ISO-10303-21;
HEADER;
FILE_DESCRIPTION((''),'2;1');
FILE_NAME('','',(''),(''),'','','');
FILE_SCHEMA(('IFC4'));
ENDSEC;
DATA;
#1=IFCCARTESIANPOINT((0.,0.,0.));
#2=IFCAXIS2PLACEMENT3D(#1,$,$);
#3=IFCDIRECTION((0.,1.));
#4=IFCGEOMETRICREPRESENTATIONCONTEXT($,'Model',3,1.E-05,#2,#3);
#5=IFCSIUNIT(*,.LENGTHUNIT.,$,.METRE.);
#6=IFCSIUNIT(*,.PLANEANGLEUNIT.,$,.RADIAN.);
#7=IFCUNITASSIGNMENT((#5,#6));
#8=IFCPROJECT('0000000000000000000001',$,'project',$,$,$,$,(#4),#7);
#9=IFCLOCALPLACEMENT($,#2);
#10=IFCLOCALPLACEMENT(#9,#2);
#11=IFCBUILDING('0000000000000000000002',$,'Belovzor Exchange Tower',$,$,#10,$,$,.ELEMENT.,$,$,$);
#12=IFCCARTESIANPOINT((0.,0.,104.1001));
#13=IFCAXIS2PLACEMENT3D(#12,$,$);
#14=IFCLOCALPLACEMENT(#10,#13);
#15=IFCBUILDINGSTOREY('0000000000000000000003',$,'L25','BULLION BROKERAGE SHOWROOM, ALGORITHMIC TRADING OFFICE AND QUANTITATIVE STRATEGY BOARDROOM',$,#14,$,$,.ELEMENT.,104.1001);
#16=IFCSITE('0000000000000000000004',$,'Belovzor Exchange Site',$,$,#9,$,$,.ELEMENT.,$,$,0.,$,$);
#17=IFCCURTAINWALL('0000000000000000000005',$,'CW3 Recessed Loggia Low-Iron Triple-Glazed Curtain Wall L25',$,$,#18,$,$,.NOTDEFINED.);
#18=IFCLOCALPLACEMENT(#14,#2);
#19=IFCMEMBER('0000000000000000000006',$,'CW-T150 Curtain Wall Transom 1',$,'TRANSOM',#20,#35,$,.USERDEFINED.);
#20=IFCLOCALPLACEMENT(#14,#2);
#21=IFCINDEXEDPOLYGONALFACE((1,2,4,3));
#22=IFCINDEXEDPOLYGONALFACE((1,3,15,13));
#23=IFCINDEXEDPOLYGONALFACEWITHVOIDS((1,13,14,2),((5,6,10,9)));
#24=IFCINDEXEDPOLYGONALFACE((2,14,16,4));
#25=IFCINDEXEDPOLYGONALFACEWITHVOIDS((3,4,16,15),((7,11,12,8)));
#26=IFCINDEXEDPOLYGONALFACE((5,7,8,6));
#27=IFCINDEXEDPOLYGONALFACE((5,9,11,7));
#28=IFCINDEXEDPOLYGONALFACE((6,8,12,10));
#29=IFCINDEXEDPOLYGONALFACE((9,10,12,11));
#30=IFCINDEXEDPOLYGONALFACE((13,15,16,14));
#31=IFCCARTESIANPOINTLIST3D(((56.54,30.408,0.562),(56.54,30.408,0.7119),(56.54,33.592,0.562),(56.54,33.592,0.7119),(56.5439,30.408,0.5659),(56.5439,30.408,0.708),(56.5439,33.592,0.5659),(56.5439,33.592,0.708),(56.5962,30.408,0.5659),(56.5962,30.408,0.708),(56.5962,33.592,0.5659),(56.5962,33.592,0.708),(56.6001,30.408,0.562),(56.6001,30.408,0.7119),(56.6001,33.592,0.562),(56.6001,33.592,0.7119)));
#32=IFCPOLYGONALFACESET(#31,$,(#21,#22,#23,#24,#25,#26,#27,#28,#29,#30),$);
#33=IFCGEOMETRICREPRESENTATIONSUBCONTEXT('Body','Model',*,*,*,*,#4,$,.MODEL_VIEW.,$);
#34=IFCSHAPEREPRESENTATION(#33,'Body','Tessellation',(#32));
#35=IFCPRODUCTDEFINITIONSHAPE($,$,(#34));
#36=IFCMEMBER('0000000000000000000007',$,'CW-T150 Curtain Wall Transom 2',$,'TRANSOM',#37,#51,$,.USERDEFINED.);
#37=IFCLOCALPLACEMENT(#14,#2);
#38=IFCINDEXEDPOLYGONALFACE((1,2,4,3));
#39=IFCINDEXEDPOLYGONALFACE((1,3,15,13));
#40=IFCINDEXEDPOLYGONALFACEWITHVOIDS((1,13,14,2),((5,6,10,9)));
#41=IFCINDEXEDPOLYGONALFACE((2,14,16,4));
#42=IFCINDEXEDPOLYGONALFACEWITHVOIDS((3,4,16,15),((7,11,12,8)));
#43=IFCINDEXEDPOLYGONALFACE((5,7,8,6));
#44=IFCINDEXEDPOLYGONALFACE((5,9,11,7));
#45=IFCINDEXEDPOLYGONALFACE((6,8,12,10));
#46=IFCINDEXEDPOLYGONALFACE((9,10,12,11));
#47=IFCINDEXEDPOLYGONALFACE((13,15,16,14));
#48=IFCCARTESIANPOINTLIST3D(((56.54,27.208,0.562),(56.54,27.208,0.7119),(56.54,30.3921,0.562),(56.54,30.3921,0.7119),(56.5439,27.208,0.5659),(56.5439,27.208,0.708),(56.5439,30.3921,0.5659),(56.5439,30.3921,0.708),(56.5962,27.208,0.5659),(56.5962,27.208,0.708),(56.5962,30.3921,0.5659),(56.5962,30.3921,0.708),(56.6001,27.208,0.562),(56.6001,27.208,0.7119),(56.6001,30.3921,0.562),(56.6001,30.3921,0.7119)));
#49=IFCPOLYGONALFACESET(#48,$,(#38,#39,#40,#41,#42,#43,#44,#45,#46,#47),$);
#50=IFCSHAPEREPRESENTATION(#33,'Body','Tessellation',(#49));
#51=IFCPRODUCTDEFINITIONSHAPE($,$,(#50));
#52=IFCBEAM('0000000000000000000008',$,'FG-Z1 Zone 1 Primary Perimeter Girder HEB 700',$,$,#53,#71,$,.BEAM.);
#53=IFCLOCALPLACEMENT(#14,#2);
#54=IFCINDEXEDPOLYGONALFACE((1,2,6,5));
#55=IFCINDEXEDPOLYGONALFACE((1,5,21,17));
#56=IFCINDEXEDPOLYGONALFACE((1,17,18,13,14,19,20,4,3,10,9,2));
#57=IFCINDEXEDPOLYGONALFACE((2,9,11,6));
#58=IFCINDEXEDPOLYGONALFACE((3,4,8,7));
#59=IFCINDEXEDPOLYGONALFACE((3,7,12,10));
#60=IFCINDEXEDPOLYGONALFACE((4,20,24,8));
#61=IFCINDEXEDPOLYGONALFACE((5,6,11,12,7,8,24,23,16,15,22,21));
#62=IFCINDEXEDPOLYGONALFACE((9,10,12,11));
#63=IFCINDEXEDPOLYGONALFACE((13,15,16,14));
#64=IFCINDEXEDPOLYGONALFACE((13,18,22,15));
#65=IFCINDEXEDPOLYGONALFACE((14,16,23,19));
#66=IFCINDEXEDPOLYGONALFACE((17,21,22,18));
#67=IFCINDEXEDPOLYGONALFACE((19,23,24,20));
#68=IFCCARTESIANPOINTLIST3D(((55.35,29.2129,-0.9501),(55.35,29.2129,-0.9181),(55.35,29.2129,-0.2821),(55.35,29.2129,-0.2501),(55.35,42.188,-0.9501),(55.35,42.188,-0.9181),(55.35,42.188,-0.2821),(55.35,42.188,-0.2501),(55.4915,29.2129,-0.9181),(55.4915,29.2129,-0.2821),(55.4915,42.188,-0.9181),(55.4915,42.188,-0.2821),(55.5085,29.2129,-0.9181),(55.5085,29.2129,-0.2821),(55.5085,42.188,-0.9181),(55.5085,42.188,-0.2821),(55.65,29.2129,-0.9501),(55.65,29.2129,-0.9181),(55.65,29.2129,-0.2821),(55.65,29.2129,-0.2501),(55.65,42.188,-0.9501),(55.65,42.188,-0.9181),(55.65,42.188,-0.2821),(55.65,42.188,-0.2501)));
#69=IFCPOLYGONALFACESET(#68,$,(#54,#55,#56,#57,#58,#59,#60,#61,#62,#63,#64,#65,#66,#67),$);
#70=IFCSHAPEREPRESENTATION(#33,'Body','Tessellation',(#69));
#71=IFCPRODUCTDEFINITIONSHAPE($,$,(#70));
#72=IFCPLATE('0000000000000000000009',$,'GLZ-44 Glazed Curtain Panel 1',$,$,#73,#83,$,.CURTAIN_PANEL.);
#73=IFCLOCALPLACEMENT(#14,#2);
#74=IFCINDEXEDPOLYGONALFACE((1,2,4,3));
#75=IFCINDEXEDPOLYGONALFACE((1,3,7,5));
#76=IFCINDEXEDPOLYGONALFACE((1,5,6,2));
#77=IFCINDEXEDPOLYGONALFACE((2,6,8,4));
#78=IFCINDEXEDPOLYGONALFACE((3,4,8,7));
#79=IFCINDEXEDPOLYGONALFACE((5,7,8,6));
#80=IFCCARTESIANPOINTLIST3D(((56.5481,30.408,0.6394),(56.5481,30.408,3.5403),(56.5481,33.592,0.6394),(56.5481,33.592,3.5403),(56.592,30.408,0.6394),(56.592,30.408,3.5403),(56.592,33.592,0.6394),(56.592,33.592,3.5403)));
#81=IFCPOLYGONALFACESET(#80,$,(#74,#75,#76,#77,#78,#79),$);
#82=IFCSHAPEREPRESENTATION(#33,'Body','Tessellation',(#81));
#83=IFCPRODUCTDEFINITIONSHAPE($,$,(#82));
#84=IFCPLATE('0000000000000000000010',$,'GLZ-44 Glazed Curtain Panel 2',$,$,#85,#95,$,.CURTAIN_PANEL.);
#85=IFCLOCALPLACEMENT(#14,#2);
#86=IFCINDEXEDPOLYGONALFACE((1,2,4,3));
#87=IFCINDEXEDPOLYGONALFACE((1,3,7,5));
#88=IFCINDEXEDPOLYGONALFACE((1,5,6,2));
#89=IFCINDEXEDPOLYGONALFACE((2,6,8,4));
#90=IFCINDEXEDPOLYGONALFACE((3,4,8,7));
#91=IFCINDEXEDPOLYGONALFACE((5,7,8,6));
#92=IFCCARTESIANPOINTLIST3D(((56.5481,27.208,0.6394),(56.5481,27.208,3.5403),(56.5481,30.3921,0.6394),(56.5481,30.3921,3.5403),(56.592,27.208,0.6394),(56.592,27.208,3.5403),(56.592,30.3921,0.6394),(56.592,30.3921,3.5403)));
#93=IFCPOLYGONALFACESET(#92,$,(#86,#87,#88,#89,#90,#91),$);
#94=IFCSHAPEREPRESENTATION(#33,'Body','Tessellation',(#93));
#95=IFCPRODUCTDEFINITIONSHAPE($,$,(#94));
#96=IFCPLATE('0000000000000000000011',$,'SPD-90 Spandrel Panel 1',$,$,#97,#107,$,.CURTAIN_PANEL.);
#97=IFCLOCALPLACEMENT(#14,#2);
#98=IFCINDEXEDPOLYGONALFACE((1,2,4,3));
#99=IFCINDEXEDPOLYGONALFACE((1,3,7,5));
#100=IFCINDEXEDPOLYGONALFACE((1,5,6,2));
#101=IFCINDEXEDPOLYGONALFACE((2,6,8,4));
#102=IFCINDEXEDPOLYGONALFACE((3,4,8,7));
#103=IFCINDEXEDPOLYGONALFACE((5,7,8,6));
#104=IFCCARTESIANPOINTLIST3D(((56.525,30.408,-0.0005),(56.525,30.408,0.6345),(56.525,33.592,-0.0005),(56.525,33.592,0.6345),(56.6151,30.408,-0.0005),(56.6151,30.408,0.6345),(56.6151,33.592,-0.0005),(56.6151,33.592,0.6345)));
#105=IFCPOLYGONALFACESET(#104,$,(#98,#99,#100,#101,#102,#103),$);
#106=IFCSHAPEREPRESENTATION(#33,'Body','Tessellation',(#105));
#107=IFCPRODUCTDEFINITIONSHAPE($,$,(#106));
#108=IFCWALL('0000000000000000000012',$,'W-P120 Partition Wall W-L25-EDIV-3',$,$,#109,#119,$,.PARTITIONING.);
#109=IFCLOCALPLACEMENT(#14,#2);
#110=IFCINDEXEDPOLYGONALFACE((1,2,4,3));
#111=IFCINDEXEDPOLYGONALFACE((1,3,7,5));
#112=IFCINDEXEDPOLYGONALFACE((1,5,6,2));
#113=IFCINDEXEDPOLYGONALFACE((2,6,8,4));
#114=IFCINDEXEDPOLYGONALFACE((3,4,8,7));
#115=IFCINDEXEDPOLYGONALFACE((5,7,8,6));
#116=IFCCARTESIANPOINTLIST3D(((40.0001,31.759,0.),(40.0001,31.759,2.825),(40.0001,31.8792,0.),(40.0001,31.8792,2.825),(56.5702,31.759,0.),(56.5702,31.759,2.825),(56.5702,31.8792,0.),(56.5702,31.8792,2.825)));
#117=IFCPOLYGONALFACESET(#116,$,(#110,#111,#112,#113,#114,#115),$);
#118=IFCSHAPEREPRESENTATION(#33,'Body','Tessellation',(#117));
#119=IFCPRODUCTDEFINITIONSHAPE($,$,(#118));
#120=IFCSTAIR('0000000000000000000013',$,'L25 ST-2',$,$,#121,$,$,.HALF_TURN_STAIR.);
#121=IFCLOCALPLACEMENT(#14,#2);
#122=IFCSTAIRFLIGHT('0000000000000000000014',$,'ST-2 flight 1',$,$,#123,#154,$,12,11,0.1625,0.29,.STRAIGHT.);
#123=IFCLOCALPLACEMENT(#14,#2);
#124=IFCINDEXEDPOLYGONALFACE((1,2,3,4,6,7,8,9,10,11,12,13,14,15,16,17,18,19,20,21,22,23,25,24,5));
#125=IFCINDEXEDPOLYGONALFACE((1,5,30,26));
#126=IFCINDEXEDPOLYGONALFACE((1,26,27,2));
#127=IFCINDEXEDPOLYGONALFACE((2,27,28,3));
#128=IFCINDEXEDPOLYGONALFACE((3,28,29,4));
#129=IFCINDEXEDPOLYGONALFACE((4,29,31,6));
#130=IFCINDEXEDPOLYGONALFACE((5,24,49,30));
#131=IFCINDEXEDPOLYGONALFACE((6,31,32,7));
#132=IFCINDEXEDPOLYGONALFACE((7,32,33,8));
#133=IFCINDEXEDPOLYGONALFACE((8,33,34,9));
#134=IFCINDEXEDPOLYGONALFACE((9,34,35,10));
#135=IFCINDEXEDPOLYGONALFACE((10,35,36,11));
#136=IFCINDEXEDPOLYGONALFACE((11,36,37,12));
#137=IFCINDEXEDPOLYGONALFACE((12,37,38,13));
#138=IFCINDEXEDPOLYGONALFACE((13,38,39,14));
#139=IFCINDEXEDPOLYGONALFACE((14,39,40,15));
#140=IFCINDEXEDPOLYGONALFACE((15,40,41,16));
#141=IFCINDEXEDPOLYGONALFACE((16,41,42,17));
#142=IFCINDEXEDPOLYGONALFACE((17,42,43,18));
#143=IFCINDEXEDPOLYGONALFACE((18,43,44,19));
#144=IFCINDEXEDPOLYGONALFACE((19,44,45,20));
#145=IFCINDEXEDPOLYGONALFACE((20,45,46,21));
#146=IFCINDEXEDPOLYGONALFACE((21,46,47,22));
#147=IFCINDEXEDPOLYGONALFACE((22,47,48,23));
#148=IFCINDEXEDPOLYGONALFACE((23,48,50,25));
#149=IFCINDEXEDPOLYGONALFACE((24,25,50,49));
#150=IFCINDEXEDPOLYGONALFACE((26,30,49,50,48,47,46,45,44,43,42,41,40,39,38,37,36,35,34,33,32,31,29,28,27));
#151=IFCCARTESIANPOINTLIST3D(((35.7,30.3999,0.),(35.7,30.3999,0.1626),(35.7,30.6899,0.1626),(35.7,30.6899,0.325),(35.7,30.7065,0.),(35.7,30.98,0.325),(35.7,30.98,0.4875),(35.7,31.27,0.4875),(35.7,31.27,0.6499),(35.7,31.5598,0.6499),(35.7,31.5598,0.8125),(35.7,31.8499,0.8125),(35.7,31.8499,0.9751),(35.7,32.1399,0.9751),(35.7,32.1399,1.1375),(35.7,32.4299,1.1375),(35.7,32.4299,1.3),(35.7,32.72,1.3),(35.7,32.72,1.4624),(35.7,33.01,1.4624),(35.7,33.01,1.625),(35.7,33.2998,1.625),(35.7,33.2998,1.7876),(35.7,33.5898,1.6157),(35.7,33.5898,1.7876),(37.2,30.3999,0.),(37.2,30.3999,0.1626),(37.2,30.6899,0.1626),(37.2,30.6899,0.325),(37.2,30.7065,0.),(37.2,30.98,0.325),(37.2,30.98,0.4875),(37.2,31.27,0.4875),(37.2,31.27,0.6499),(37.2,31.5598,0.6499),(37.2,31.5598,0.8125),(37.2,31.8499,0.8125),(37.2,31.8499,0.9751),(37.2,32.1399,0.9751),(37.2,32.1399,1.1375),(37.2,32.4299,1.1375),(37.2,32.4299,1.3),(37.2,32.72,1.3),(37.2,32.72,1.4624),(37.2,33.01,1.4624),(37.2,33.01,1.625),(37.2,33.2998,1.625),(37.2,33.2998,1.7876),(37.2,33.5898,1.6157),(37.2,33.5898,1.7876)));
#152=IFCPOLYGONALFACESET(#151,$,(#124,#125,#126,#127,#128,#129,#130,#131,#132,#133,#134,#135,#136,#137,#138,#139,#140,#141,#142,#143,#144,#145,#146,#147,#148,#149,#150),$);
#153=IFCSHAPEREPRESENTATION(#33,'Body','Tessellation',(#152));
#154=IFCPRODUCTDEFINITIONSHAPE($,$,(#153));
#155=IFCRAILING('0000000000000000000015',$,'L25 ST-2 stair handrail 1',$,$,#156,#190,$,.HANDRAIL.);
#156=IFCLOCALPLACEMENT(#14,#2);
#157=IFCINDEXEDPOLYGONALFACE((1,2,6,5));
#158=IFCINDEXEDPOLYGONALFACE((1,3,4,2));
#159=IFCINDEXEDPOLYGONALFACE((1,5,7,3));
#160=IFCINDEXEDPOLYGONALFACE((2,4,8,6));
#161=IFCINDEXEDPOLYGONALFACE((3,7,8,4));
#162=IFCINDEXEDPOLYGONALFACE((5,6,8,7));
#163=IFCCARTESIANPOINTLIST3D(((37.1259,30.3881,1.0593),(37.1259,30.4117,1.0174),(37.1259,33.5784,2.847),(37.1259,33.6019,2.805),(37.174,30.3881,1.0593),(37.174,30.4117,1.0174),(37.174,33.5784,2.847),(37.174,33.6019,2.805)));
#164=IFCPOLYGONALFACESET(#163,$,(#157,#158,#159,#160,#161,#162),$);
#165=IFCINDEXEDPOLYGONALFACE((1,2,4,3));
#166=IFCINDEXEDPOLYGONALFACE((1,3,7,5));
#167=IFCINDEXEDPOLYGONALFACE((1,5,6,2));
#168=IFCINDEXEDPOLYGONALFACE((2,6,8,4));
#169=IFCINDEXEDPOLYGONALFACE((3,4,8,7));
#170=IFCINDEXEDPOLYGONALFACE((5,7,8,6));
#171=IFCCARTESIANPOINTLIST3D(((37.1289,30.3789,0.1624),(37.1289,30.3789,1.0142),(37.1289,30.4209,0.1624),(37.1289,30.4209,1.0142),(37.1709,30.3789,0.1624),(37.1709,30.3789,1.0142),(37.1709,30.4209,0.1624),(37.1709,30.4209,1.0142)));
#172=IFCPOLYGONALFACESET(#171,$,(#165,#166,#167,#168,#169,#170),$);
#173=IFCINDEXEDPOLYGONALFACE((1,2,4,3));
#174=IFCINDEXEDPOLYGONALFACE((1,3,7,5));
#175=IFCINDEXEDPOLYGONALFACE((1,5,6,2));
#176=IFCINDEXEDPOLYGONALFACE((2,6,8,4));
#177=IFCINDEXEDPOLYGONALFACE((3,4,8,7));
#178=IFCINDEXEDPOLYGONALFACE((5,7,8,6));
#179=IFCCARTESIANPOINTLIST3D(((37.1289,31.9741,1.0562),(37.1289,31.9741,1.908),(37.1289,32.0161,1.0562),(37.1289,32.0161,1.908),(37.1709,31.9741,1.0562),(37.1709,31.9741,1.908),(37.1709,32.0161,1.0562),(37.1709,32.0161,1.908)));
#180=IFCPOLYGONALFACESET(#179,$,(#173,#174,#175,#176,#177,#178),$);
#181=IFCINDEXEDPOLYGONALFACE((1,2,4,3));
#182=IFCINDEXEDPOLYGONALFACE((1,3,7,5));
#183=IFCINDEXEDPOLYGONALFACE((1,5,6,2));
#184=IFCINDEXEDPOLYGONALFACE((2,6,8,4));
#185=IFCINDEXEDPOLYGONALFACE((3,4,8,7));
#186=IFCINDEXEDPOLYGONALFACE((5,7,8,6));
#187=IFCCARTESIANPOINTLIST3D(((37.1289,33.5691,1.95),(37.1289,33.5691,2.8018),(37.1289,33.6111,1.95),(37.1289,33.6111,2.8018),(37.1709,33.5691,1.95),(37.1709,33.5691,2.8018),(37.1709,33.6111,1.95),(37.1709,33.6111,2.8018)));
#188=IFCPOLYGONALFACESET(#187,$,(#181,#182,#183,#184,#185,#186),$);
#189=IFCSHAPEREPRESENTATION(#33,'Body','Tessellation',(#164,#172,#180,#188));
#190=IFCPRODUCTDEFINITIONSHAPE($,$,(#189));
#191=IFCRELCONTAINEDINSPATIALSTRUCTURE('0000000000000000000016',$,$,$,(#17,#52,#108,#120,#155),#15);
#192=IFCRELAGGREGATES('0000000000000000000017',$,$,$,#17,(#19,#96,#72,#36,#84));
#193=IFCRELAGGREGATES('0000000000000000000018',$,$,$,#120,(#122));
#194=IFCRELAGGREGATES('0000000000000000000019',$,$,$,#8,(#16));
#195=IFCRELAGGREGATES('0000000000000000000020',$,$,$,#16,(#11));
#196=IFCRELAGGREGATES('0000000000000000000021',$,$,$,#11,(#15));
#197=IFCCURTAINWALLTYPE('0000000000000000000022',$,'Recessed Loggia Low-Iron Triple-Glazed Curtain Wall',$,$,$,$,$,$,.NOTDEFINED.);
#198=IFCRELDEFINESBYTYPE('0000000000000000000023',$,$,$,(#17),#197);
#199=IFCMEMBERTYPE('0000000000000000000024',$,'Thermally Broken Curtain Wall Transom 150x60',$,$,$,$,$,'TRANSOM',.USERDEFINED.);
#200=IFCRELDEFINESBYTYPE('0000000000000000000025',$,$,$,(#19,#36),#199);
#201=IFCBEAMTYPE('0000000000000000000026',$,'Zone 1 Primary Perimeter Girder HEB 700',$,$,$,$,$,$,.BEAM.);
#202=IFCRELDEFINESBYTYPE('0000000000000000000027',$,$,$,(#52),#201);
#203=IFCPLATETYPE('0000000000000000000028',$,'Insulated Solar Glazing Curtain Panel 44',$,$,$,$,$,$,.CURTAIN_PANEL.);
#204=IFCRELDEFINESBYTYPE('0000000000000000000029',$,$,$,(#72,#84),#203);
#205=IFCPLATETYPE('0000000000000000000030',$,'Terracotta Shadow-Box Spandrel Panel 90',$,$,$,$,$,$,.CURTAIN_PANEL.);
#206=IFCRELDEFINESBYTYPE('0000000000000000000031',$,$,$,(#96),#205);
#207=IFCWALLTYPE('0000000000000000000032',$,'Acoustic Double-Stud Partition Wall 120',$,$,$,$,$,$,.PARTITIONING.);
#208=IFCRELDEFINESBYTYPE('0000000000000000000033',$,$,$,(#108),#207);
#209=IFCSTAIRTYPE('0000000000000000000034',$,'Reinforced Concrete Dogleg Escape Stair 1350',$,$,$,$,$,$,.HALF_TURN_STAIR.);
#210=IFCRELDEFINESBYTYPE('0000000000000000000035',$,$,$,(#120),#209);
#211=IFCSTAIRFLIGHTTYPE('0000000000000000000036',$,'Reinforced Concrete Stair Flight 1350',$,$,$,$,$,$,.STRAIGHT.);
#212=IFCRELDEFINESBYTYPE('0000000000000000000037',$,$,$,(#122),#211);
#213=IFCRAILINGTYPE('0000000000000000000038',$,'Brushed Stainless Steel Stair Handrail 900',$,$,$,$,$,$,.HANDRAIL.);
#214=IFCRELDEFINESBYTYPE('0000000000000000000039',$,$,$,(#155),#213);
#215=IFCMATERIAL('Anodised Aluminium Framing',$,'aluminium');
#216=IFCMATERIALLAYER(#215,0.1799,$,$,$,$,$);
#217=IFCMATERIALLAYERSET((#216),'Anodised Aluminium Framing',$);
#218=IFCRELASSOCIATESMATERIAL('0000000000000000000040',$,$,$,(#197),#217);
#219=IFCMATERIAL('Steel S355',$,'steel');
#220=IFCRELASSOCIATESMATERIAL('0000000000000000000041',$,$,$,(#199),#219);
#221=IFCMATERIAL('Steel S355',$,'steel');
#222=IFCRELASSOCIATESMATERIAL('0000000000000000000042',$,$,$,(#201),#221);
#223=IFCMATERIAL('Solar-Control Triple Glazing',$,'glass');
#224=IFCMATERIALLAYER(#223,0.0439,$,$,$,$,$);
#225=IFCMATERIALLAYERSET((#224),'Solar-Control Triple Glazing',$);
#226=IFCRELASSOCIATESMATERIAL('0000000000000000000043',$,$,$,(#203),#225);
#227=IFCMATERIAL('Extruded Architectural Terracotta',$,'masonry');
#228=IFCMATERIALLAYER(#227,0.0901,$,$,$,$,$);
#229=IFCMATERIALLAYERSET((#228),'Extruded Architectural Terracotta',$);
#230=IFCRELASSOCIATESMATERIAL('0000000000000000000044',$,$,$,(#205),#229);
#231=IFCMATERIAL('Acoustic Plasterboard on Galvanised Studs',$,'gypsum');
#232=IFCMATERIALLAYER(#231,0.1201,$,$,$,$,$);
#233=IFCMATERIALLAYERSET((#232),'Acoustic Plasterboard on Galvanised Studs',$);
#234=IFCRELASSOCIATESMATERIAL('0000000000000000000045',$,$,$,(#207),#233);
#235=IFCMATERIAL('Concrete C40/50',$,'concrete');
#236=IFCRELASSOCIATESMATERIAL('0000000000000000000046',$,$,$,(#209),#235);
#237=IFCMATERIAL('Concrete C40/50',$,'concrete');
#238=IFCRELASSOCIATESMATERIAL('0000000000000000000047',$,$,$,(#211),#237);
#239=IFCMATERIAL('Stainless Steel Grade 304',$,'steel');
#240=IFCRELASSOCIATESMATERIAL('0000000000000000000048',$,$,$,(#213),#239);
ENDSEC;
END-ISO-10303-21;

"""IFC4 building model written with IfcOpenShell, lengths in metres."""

from ifc_helpers import new_model, si_unit, direction, frame, frame_2d, origin, origin_2d, place, context, subcontext, project, spatial, polyline, rectangle, hollow_rectangle, i_section, outline, extrude, material, layer, layer_set, material_profile, profile_set, type_object, element, aggregate, save


model = new_model("IFC4")

# Units and contexts
model_context = context("Model", 3, precision=1e-05, world=origin(), true_north=direction((0.0, 1.0)))
body_context = subcontext(model_context, "Body", "Model", "MODEL_VIEW")
ifc_project = project(units=[si_unit("LENGTHUNIT", "METRE"), si_unit("PLANEANGLEUNIT", "RADIAN")], contexts=[model_context])

# Site, building, storey
site_placement = place(None, origin())
site = spatial("IfcSite", under=ifc_project, at=site_placement, Name="Belovzor Exchange Site", CompositionType="ELEMENT", RefElevation=0.0)
building_placement = place(site_placement, origin())
building = spatial("IfcBuilding", under=site, at=building_placement, Name="Belovzor Exchange Tower", CompositionType="ELEMENT")
storey_placement = place(building_placement, frame((0.0, 0.0, 104.1001)))
storey = spatial("IfcBuildingStorey", under=building, at=storey_placement, Name="L25", Description="BULLION BROKERAGE SHOWROOM, ALGORITHMIC TRADING OFFICE AND QUANTITATIVE STRATEGY BOARDROOM", CompositionType="ELEMENT", Elevation=104.1001)

# Curtain wall, members
ifc_material_1 = material(Name="Anodised Aluminium Framing", Category="aluminium")
ifc_layer_1 = layer(ifc_material_1, 0.1799)
ifc_layer_set_1 = layer_set([ifc_layer_1], Name="Anodised Aluminium Framing")
curtain_wall_type = type_object("IfcCurtainWallType", Name="Recessed Loggia Low-Iron Triple-Glazed Curtain Wall", PredefinedType="NOTDEFINED", material=ifc_layer_set_1)
curtain_wall_placement = place(storey_placement, origin())
curtain_wall = element("IfcCurtainWall", 1, at=curtain_wall_placement, inside=storey, type_object=curtain_wall_type, Name="CW3 Recessed Loggia Low-Iron Triple-Glazed Curtain Wall L25", PredefinedType="NOTDEFINED")
ifc_material_2 = material(Name="Steel S355", Category="steel")
ifc_material_profile_1 = material_profile(ifc_material_2, hollow_rectangle(XDim=0.0601, YDim=0.1499, WallThickness=0.0039, at=origin_2d()))
ifc_profile_set_1 = profile_set([ifc_material_profile_1], Name="Steel S355")
member_type_1 = type_object("IfcMemberType", Name="Thermally Broken Curtain Wall Transom 150x60", ElementType="TRANSOM", PredefinedType="USERDEFINED", material=ifc_profile_set_1)
member_1_placement = place(storey_placement, frame((56.5701, 33.592, 0.637), z_axis=(0.0, -1.0, 0.0), x_axis=(1.0, 0.0, 0.0)))
member_1 = element("IfcMember", 2, at=member_1_placement, type_object=member_type_1, Name="CW-T150 Curtain Wall Transom 1", ObjectType="TRANSOM", PredefinedType="USERDEFINED", context=body_context, shape_type="SweptSolid", body=[
    extrude(hollow_rectangle(XDim=0.0601, YDim=0.1499, WallThickness=0.0039, at=origin_2d()), origin(), (0.0, 0.0, 1.0), 3.1841),
])
member_2_placement = place(storey_placement, frame((56.5701, 30.3921, 0.637), z_axis=(0.0, -1.0, 0.0), x_axis=(1.0, 0.0, 0.0)))
member_2 = element("IfcMember", 3, at=member_2_placement, type_object=member_type_1, Name="CW-T150 Curtain Wall Transom 2", ObjectType="TRANSOM", PredefinedType="USERDEFINED", context=body_context, shape_type="SweptSolid", body=[
    extrude(hollow_rectangle(XDim=0.0601, YDim=0.1499, WallThickness=0.0039, at=origin_2d()), origin(), (0.0, 0.0, 1.0), 3.1841),
])

# Beam
ifc_material_3 = material(Name="Steel S355", Category="steel")
ifc_material_profile_2 = material_profile(ifc_material_3, i_section(OverallWidth=0.3, OverallDepth=0.7, WebThickness=0.0171, FlangeThickness=0.032, at=origin_2d()))
ifc_profile_set_2 = profile_set([ifc_material_profile_2], Name="Steel S355")
beam_type_1 = type_object("IfcBeamType", Name="Zone 1 Primary Perimeter Girder HEB 700", PredefinedType="BEAM", material=ifc_profile_set_2)
beam_1_placement = place(storey_placement, frame((55.5, 29.2129, -0.6001), z_axis=(0.0, 1.0, 0.0), x_axis=(-1.0, 0.0, 0.0)))
element("IfcBeam", 4, at=beam_1_placement, inside=storey, type_object=beam_type_1, Name="FG-Z1 Zone 1 Primary Perimeter Girder HEB 700", PredefinedType="BEAM", context=body_context, shape_type="SweptSolid", body=[
    extrude(i_section(OverallWidth=0.3, OverallDepth=0.7, WebThickness=0.0171, FlangeThickness=0.032, at=origin_2d()), origin(), (0.0, 0.0, 1.0), 12.9751),
])

# Plates
ifc_material_4 = material(Name="Solar-Control Triple Glazing", Category="glass")
ifc_layer_2 = layer(ifc_material_4, 0.0439)
ifc_layer_set_2 = layer_set([ifc_layer_2], Name="Solar-Control Triple Glazing")
plate_type_1 = type_object("IfcPlateType", Name="Insulated Solar Glazing Curtain Panel 44", PredefinedType="CURTAIN_PANEL", material=ifc_layer_set_2)
plate_1_placement = place(storey_placement, frame((56.5701, 32.0, 0.6394), z_axis=(0.0, 0.0, 1.0), x_axis=(0.0, -1.0, 0.0)))
plate_1 = element("IfcPlate", 5, at=plate_1_placement, type_object=plate_type_1, Name="GLZ-44 Glazed Curtain Panel 1", PredefinedType="CURTAIN_PANEL", context=body_context, shape_type="SweptSolid", body=[
    extrude(rectangle(XDim=3.1841, YDim=0.0439, at=origin_2d()), origin(), (0.0, 0.0, 1.0), 2.9009),
])
plate_2_placement = place(storey_placement, frame((56.5701, 28.8, 0.6394), z_axis=(0.0, 0.0, 1.0), x_axis=(0.0, -1.0, 0.0)))
plate_2 = element("IfcPlate", 6, at=plate_2_placement, type_object=plate_type_1, Name="GLZ-44 Glazed Curtain Panel 2", PredefinedType="CURTAIN_PANEL", context=body_context, shape_type="SweptSolid", body=[
    extrude(rectangle(XDim=3.1841, YDim=0.0439, at=origin_2d()), origin(), (0.0, 0.0, 1.0), 2.9009),
])
ifc_material_5 = material(Name="Extruded Architectural Terracotta", Category="masonry")
ifc_layer_3 = layer(ifc_material_5, 0.0901)
ifc_layer_set_3 = layer_set([ifc_layer_3], Name="Extruded Architectural Terracotta")
plate_type_2 = type_object("IfcPlateType", Name="Terracotta Shadow-Box Spandrel Panel 90", PredefinedType="CURTAIN_PANEL", material=ifc_layer_set_3)
plate_3_placement = place(storey_placement, frame((56.5701, 32.0, -0.0005), z_axis=(0.0, 0.0, 1.0), x_axis=(0.0, -1.0, 0.0)))
plate_3 = element("IfcPlate", 7, at=plate_3_placement, type_object=plate_type_2, Name="SPD-90 Spandrel Panel 1", PredefinedType="CURTAIN_PANEL", context=body_context, shape_type="SweptSolid", body=[
    extrude(rectangle(XDim=3.1841, YDim=0.0901, at=origin_2d()), origin(), (0.0, 0.0, 1.0), 0.635),
])
aggregate(curtain_wall, [member_1, plate_3, plate_1, member_2, plate_2])

# Wall
ifc_material_6 = material(Name="Acoustic Plasterboard on Galvanised Studs", Category="gypsum")
ifc_layer_4 = layer(ifc_material_6, 0.1201)
ifc_layer_set_4 = layer_set([ifc_layer_4], Name="Acoustic Plasterboard on Galvanised Studs")
wall_type = type_object("IfcWallType", Name="Acoustic Double-Stud Partition Wall 120", PredefinedType="PARTITIONING", material=ifc_layer_set_4)
wall_placement = place(storey_placement, frame((40.0, 31.8191, 0.0), z_axis=(0.0, 0.0, 1.0), x_axis=(1.0, 0.0, 0.0)))
element("IfcWall", 8, at=wall_placement, inside=storey, type_object=wall_type, Name="W-P120 Partition Wall W-L25-EDIV-3", PredefinedType="PARTITIONING", context=body_context, shape_type="SweptSolid", body=[
    extrude(rectangle(XDim=16.5701, YDim=0.1201, at=frame_2d((8.2852, 0.0))), origin(), (0.0, 0.0, 1.0), 2.825),
])

# Stair, stair flight
ifc_material_7 = material(Name="Concrete C40/50", Category="concrete")
stair_type = type_object("IfcStairType", Name="Reinforced Concrete Dogleg Escape Stair 1350", PredefinedType="HALF_TURN_STAIR", material=ifc_material_7)
stair_placement = place(storey_placement, origin())
stair = element("IfcStair", 9, at=stair_placement, inside=storey, type_object=stair_type, Name="L25 ST-2", PredefinedType="HALF_TURN_STAIR")
ifc_material_8 = material(Name="Concrete C40/50", Category="concrete")
stair_flight_type = type_object("IfcStairFlightType", Name="Reinforced Concrete Stair Flight 1350", PredefinedType="STRAIGHT", material=ifc_material_8)
stair_flight_placement = place(storey_placement, frame((36.45, 30.3999, 0.0), z_axis=(0.0, 0.0, 1.0), x_axis=(0.0, 1.0, 0.0)))
stair_flight = element("IfcStairFlight", 10, at=stair_flight_placement, type_object=stair_flight_type, Name="ST-2 flight 1", NumberOfRisers=12, NumberOfTreads=11, PredefinedType="STRAIGHT", RiserHeight=0.1625, TreadLength=0.29, context=body_context, shape_type="SweptSolid", body=[
    extrude(outline(polyline([(0.0, 0.0), (0.0, 0.1626), (0.29, 0.1626), (0.29, 0.325), (0.5801, 0.325), (0.5801, 0.4875), (0.8701, 0.4875), (0.8701, 0.6499), (1.1599, 0.6499), (1.1599, 0.8125), (1.45, 0.8125), (1.45, 0.9751), (1.74, 0.9751), (1.74, 1.1375), (2.03, 1.1375), (2.03, 1.3), (2.3201, 1.3), (2.3201, 1.4624), (2.6101, 1.4624), (2.6101, 1.625), (2.8999, 1.625), (2.8999, 1.7876), (3.1899, 1.7876), (3.1899, 1.95), (3.1899, 1.6157), (0.3066, 0.0), (0.0, 0.0)])), frame((0.0, 0.75, 0.0), z_axis=(0.0, -1.0, 0.0), x_axis=(1.0, 0.0, 0.0)), (0.0, 0.0, 1.0), 1.5),
])
aggregate(stair, [stair_flight])

# Railing
ifc_material_9 = material(Name="Stainless Steel Grade 304", Category="steel")
railing_type = type_object("IfcRailingType", Name="Brushed Stainless Steel Stair Handrail 900", PredefinedType="HANDRAIL", material=ifc_material_9)
railing_placement = place(storey_placement, frame((37.1499, 30.3999, 0.1624)))
element("IfcRailing", 11, at=railing_placement, inside=storey, type_object=railing_type, Name="L25 ST-2 stair handrail 1", PredefinedType="HANDRAIL", context=body_context, shape_type="SweptSolid", body=[
    extrude(rectangle(XDim=0.0481, YDim=0.0481, at=origin_2d()), frame((0.0, 0.0, 0.876), z_axis=(0.0, 0.872378, 0.488831), x_axis=(-1.0, 0.0, 0.0)), (0.0, 0.0, 1.0), 3.657),
    extrude(rectangle(XDim=0.042, YDim=0.042, at=origin_2d()), origin(), (0.0, 0.0, 1.0), 0.8518),
    extrude(rectangle(XDim=0.042, YDim=0.042, at=origin_2d()), frame((0.0, 1.5952, 0.8938)), (0.0, 0.0, 1.0), 0.8518),
    extrude(rectangle(XDim=0.042, YDim=0.042, at=origin_2d()), frame((0.0, 3.1902, 1.7876)), (0.0, 0.0, 1.0), 0.8518),
])

save(model, "model.ifc")
